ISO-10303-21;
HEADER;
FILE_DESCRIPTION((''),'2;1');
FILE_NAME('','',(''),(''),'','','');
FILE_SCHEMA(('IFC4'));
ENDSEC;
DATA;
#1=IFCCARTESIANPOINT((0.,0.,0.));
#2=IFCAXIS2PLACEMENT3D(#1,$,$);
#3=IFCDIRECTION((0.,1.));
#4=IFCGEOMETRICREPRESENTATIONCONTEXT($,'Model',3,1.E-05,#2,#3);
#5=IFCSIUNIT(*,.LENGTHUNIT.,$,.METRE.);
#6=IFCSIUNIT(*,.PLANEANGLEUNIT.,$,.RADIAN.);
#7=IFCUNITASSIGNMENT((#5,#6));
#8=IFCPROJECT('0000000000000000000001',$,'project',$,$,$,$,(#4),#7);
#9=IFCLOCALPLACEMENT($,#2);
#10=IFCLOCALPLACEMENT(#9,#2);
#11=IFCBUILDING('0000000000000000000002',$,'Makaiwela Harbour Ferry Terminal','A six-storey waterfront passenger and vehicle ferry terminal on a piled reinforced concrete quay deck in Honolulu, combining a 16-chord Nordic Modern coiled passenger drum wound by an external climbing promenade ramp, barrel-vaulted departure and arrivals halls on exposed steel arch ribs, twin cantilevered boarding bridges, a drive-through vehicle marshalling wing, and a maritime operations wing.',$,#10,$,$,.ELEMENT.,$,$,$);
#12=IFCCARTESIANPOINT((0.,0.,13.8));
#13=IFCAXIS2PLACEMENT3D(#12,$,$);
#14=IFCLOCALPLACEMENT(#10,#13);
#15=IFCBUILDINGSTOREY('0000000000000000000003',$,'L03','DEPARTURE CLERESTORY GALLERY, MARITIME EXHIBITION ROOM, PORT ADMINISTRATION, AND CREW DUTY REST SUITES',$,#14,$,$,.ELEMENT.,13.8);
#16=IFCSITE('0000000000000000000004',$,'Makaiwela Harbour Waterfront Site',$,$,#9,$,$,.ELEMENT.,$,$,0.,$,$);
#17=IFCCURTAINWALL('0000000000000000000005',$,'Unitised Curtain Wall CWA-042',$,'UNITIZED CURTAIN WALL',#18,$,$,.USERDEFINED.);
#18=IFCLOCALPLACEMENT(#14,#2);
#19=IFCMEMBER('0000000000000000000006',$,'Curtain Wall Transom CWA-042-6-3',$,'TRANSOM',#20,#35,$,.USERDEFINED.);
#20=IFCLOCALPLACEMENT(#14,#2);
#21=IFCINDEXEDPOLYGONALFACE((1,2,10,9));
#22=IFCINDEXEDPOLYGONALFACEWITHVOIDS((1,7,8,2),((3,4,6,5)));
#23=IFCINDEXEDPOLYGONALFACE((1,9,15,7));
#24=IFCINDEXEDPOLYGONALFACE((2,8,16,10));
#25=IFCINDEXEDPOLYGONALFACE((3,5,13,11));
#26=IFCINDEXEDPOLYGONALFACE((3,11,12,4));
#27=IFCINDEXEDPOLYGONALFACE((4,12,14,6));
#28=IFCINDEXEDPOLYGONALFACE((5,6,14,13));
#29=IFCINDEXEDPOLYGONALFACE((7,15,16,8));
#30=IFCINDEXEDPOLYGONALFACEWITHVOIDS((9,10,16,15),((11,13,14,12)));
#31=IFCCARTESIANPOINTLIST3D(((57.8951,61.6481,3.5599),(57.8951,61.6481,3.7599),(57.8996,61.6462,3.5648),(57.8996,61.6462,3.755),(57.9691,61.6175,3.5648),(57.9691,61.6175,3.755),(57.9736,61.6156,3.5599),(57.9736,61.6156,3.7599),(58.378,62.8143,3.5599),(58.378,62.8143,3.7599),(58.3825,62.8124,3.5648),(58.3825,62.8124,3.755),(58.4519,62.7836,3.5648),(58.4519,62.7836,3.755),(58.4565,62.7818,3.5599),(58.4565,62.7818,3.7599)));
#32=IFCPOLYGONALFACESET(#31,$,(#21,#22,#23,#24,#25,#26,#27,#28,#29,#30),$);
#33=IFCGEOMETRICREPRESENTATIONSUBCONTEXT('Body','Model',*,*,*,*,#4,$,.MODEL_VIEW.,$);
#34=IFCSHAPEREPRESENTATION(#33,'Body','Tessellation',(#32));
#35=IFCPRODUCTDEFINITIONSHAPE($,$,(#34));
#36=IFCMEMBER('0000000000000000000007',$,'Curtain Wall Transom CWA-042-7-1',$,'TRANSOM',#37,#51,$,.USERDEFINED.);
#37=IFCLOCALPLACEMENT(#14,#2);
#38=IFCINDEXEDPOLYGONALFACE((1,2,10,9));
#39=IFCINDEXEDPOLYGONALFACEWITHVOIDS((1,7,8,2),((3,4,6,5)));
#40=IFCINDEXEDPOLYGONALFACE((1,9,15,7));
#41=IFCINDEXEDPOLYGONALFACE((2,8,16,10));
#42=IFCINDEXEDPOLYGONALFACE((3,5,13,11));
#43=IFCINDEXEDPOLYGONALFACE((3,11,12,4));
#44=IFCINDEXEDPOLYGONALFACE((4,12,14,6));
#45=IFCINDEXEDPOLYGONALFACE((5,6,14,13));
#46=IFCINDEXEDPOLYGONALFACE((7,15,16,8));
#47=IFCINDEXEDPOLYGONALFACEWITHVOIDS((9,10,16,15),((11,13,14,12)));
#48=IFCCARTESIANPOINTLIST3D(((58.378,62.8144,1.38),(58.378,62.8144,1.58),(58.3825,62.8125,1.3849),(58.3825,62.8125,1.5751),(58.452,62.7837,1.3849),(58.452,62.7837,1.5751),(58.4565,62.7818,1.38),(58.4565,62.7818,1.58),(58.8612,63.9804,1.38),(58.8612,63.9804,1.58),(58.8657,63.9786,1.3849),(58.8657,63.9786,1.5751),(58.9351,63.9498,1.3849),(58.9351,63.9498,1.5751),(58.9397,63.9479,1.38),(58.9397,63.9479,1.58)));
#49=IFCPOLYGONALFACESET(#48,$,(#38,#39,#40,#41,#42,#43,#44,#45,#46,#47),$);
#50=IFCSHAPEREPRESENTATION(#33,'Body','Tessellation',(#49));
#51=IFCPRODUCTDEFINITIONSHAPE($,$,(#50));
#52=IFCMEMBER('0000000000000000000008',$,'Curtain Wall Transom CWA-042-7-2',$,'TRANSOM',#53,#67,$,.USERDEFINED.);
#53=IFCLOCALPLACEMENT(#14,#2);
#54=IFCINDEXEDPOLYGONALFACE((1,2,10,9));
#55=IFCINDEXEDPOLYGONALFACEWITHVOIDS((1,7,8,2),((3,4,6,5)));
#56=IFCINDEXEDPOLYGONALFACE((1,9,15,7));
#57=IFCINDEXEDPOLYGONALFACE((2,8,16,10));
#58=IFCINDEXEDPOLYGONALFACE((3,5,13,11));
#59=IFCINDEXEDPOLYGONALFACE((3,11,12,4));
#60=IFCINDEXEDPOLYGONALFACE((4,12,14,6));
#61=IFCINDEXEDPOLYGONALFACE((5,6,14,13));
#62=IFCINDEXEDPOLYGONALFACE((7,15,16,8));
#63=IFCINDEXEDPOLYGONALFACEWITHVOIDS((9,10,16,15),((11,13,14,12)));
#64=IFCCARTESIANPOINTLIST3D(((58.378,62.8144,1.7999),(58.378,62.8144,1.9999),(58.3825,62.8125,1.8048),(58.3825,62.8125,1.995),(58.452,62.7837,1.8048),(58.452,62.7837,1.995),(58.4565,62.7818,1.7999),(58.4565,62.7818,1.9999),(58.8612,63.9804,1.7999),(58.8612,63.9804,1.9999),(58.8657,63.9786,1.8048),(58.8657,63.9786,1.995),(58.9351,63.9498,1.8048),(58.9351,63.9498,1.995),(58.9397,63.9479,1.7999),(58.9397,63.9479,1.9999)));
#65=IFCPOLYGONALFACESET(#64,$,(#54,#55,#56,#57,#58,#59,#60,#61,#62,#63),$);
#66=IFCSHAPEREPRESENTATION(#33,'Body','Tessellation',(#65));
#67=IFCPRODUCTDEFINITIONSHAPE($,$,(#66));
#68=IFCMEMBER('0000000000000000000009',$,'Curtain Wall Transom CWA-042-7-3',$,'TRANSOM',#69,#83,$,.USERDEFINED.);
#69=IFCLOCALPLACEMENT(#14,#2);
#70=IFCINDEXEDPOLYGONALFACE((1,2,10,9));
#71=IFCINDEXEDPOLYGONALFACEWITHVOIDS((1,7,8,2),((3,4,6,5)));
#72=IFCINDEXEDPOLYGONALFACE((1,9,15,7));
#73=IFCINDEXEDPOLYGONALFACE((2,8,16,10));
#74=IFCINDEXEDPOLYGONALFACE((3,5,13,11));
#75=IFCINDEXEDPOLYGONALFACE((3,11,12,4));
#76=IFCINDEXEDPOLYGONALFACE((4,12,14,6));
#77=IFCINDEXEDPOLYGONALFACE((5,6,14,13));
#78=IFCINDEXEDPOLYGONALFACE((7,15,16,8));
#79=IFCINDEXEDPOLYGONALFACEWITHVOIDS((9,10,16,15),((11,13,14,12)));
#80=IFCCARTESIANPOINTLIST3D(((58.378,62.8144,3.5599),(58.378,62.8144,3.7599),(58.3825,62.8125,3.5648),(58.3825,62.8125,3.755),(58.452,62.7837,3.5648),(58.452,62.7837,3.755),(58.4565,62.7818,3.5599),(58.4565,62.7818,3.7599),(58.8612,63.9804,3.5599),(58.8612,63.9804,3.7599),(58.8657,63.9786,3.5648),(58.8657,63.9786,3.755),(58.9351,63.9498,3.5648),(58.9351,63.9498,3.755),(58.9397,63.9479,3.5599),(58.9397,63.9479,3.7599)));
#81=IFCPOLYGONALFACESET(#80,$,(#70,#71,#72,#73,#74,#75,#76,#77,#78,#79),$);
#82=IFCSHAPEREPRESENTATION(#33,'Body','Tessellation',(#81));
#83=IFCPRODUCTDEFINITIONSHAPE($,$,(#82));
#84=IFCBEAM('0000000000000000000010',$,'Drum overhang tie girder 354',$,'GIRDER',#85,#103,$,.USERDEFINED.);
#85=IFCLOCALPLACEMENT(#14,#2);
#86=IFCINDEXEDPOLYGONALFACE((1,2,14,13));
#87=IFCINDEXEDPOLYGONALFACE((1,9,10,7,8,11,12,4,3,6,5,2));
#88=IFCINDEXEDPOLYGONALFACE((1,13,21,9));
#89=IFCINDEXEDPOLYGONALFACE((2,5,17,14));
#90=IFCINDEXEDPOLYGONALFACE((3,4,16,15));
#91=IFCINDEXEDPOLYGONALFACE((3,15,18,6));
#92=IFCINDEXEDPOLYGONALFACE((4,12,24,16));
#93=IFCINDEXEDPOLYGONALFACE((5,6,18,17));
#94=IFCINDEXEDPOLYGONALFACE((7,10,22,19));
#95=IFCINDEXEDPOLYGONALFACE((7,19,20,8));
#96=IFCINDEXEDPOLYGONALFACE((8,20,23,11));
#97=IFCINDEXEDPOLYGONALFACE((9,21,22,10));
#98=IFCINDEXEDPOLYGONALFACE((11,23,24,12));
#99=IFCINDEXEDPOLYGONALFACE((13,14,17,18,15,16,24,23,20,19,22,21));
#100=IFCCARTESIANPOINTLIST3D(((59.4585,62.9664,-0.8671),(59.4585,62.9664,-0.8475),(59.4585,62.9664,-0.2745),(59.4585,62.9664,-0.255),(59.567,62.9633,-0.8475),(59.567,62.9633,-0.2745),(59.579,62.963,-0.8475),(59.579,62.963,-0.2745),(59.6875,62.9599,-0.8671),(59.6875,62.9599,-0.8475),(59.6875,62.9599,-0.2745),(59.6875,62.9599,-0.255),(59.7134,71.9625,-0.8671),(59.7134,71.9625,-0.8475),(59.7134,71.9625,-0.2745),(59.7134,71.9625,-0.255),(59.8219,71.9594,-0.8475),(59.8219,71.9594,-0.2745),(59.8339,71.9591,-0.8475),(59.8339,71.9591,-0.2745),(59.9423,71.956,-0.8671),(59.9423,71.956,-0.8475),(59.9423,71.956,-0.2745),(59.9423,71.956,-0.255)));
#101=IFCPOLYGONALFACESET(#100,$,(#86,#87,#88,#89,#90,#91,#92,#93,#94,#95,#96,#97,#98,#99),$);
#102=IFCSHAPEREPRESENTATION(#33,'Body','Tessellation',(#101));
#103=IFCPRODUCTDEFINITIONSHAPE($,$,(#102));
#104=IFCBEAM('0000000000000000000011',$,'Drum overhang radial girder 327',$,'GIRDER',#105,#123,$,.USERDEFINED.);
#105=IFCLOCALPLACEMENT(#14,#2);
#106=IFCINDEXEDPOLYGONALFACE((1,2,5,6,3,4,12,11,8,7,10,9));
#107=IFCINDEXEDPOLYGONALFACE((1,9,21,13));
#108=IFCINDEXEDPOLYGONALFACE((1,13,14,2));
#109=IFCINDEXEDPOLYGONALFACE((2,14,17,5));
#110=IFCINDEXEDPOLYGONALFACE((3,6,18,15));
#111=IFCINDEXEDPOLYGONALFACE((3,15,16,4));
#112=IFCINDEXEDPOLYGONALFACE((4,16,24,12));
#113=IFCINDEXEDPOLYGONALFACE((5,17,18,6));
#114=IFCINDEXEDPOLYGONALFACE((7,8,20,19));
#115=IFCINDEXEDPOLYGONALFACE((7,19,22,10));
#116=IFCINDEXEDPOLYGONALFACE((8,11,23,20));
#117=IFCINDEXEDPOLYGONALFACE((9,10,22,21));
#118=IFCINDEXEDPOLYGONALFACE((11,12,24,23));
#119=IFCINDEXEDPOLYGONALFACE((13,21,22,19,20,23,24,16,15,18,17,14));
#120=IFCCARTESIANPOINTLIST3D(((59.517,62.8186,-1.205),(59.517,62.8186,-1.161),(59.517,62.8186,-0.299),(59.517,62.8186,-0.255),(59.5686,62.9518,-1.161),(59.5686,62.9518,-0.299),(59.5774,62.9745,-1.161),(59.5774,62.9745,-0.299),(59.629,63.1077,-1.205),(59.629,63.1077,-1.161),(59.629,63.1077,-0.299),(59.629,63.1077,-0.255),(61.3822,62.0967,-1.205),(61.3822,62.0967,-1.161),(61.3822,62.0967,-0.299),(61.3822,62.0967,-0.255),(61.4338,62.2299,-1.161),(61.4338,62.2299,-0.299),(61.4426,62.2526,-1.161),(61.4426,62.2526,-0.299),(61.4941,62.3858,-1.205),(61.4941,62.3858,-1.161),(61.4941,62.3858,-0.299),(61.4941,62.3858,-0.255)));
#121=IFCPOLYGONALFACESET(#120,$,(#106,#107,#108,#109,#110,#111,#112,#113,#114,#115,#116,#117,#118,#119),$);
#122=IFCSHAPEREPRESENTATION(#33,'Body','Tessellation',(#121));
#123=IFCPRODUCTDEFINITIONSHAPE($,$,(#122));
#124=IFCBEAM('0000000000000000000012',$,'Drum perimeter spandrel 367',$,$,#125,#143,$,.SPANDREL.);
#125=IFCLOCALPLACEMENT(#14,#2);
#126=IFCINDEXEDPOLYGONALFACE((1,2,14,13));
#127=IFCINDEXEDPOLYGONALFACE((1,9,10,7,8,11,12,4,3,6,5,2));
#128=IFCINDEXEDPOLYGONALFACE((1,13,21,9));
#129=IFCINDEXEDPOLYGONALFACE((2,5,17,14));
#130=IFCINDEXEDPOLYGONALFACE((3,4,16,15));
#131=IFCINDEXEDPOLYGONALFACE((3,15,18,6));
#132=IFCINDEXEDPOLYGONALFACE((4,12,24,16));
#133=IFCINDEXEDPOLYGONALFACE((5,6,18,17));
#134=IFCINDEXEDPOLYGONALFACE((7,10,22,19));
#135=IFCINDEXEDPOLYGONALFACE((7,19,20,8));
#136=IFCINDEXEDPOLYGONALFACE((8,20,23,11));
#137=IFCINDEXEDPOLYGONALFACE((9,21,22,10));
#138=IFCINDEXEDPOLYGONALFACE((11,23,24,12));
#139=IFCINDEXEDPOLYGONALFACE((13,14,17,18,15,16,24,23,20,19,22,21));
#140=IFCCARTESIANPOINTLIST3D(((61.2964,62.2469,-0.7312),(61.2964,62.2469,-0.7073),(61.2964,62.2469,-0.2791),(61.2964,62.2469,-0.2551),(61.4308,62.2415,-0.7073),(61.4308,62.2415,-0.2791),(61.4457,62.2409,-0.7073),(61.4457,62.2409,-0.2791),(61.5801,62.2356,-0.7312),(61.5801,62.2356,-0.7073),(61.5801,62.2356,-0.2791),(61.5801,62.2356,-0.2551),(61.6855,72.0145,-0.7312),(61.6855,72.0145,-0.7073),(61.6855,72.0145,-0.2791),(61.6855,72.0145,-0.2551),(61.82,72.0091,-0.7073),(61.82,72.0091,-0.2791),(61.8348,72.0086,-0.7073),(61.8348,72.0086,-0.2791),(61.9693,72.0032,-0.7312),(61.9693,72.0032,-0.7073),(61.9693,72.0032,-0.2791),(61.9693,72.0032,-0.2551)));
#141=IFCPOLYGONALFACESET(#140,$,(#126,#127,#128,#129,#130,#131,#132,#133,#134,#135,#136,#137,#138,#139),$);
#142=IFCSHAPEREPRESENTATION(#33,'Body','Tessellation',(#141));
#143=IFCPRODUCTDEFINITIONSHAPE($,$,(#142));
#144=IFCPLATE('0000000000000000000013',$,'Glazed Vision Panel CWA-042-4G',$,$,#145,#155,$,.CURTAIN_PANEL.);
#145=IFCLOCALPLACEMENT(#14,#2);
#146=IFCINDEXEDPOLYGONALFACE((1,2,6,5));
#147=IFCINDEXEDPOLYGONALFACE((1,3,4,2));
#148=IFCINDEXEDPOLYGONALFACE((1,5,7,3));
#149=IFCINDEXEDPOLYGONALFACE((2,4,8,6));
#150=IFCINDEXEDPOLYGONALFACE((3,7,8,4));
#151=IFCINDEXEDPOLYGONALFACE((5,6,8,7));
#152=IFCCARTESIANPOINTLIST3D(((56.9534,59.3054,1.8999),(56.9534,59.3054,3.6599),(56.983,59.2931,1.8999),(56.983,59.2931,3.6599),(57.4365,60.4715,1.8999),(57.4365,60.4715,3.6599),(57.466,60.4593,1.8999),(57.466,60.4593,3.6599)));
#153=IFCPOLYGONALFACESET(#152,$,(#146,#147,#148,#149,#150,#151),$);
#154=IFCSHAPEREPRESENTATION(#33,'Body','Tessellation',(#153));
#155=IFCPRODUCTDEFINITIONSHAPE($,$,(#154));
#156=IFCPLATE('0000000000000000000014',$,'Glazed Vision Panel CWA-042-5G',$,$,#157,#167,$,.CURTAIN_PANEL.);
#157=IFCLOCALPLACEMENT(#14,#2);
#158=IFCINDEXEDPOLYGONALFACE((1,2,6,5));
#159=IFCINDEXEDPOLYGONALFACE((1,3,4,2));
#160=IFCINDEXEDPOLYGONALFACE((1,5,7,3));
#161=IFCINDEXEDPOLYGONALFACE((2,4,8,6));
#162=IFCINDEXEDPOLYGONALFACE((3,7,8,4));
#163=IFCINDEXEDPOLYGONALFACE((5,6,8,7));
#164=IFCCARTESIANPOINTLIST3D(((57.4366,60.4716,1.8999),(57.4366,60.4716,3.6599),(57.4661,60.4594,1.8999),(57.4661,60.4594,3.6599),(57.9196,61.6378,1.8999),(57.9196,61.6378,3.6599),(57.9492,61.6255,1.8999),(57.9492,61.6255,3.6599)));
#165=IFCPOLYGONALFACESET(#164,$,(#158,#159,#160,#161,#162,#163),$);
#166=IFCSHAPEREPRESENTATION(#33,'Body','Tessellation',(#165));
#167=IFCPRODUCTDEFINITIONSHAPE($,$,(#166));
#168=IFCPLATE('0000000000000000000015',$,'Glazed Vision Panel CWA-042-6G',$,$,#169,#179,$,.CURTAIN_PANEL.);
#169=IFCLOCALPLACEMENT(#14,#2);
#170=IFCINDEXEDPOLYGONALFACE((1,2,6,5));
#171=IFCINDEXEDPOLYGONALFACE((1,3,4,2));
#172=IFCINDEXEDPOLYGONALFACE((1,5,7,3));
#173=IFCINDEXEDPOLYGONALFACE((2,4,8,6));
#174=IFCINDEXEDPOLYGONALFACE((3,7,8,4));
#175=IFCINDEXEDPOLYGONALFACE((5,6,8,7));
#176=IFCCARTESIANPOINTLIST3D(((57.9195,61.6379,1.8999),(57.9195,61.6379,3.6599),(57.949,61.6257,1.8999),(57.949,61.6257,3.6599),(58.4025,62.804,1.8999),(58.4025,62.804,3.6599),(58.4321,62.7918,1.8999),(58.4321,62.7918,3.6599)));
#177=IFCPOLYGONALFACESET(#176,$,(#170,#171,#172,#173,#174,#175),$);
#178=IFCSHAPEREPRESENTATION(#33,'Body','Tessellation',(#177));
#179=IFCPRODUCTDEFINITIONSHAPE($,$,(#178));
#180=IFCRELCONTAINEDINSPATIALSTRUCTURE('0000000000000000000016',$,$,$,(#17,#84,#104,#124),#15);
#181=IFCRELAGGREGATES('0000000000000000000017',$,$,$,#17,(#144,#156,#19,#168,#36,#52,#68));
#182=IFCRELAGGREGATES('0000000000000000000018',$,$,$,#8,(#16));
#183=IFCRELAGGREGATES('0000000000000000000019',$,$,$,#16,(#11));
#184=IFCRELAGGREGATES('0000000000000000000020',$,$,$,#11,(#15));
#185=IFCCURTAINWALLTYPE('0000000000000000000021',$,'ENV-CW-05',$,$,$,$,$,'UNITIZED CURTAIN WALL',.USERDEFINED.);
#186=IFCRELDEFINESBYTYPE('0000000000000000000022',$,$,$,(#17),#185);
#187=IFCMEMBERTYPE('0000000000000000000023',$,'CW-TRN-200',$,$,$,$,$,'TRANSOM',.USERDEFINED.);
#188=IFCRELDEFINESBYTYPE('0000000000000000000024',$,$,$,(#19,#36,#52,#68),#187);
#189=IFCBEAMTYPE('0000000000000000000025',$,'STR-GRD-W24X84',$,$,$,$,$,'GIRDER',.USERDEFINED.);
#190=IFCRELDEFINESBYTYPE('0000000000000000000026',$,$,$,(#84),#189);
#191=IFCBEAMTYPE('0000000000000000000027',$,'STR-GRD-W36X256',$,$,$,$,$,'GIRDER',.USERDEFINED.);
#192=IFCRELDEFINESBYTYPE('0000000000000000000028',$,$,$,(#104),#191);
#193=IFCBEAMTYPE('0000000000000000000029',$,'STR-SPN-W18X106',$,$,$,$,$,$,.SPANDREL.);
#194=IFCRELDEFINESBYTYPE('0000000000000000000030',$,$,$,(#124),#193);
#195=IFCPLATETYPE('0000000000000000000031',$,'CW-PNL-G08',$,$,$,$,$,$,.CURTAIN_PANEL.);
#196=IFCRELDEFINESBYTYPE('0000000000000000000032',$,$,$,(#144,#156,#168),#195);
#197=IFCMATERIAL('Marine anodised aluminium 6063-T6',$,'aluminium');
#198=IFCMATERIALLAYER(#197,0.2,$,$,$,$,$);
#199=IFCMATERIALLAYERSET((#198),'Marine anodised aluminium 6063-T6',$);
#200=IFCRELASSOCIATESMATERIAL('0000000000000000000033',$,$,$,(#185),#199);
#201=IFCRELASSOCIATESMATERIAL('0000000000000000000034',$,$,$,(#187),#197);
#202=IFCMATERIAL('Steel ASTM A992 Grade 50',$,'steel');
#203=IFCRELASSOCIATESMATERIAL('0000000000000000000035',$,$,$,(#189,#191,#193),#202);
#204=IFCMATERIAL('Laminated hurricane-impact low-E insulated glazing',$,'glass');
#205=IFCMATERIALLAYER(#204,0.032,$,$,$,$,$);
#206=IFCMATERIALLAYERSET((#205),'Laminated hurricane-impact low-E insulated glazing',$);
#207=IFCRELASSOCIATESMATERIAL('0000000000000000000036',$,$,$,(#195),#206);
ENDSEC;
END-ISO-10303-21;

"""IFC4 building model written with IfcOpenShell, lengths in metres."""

from ifc_helpers import new_model, si_unit, direction, frame, origin, origin_2d, place, context, subcontext, project, spatial, rectangle, hollow_rectangle, i_section, extrude, material, layer, layer_set, material_profile, profile_set, type_object, element, aggregate, save


model = new_model("IFC4")

# Units and contexts
model_context = context("Model", 3, precision=1e-05, world=origin(), true_north=direction((0.0, 1.0)))
body_context = subcontext(model_context, "Body", "Model", "MODEL_VIEW")
ifc_project = project(units=[si_unit("LENGTHUNIT", "METRE"), si_unit("PLANEANGLEUNIT", "RADIAN")], contexts=[model_context])

# Site, building, storey
site_placement = place(None, origin())
site = spatial("IfcSite", under=ifc_project, at=site_placement, Name="Makaiwela Harbour Waterfront Site", CompositionType="ELEMENT", RefElevation=0.0)
building_placement = place(site_placement, origin())
building = spatial("IfcBuilding", under=site, at=building_placement, Name="Makaiwela Harbour Ferry Terminal", Description="A six-storey waterfront passenger and vehicle ferry terminal on a piled reinforced concrete quay deck in Honolulu, combining a 16-chord Nordic Modern coiled passenger drum wound by an external climbing promenade ramp, barrel-vaulted departure and arrivals halls on exposed steel arch ribs, twin cantilevered boarding bridges, a drive-through vehicle marshalling wing, and a maritime operations wing.", CompositionType="ELEMENT")
storey_placement = place(building_placement, frame((0.0, 0.0, 13.8)))
storey = spatial("IfcBuildingStorey", under=building, at=storey_placement, Name="L03", Description="DEPARTURE CLERESTORY GALLERY, MARITIME EXHIBITION ROOM, PORT ADMINISTRATION, AND CREW DUTY REST SUITES", CompositionType="ELEMENT", Elevation=13.8)

# Curtain wall, members
ifc_material_1 = material(Name="Marine anodised aluminium 6063-T6", Category="aluminium")
ifc_layer_1 = layer(ifc_material_1, 0.2)
ifc_layer_set_1 = layer_set([ifc_layer_1], Name="Marine anodised aluminium 6063-T6")
curtain_wall_type = type_object("IfcCurtainWallType", Name="ENV-CW-05", ElementType="UNITIZED CURTAIN WALL", PredefinedType="USERDEFINED", material=ifc_layer_set_1)
curtain_wall_placement = place(storey_placement, origin())
curtain_wall = element("IfcCurtainWall", 1, at=curtain_wall_placement, inside=storey, type_object=curtain_wall_type, Name="Unitised Curtain Wall CWA-042", ObjectType="UNITIZED CURTAIN WALL", PredefinedType="USERDEFINED")
ifc_material_profile_1 = material_profile(ifc_material_1, hollow_rectangle(XDim=0.085, YDim=0.2, WallThickness=0.0049, at=origin_2d()), Name="CWT-200X85")
ifc_profile_set_1 = profile_set([ifc_material_profile_1], Name="Marine anodised aluminium 6063-T6")
member_type_1 = type_object("IfcMemberType", Name="CW-TRN-200", ElementType="TRANSOM", PredefinedType="USERDEFINED", material=ifc_profile_set_1)
member_1_placement = place(storey_placement, frame((57.9343, 61.6318, 3.6599), z_axis=(0.382568, 0.923927, 0.0), x_axis=(-0.923927, 0.382568, 0.0)))
member_1 = element("IfcMember", 2, at=member_1_placement, type_object=member_type_1, Name="Curtain Wall Transom CWA-042-6-3", ObjectType="TRANSOM", PredefinedType="USERDEFINED", context=body_context, shape_type="SweptSolid", body=[
    extrude(hollow_rectangle(XDim=0.085, YDim=0.2, WallThickness=0.0049, at=origin_2d()), origin(), (0.0, 0.0, 1.0), 1.2622),
])
member_2_placement = place(storey_placement, frame((58.4172, 62.7981, 1.48), z_axis=(0.382802, 0.923831, 0.0), x_axis=(-0.923831, 0.382802, 0.0)))
member_2 = element("IfcMember", 3, at=member_2_placement, type_object=member_type_1, Name="Curtain Wall Transom CWA-042-7-1", ObjectType="TRANSOM", PredefinedType="USERDEFINED", context=body_context, shape_type="SweptSolid", body=[
    extrude(hollow_rectangle(XDim=0.085, YDim=0.2, WallThickness=0.0049, at=origin_2d()), origin(), (0.0, 0.0, 1.0), 1.2622),
])
member_3_placement = place(storey_placement, frame((58.4172, 62.7981, 1.8999), z_axis=(0.382802, 0.923831, 0.0), x_axis=(-0.923831, 0.382802, 0.0)))
member_3 = element("IfcMember", 4, at=member_3_placement, type_object=member_type_1, Name="Curtain Wall Transom CWA-042-7-2", ObjectType="TRANSOM", PredefinedType="USERDEFINED", context=body_context, shape_type="SweptSolid", body=[
    extrude(hollow_rectangle(XDim=0.085, YDim=0.2, WallThickness=0.0049, at=origin_2d()), origin(), (0.0, 0.0, 1.0), 1.2622),
])
member_4_placement = place(storey_placement, frame((58.4172, 62.7981, 3.6599), z_axis=(0.382802, 0.923831, 0.0), x_axis=(-0.923831, 0.382802, 0.0)))
member_4 = element("IfcMember", 5, at=member_4_placement, type_object=member_type_1, Name="Curtain Wall Transom CWA-042-7-3", ObjectType="TRANSOM", PredefinedType="USERDEFINED", context=body_context, shape_type="SweptSolid", body=[
    extrude(hollow_rectangle(XDim=0.085, YDim=0.2, WallThickness=0.0049, at=origin_2d()), origin(), (0.0, 0.0, 1.0), 1.2622),
])

# Beams
ifc_material_2 = material(Name="Steel ASTM A992 Grade 50", Category="steel")
ifc_material_profile_2 = material_profile(ifc_material_2, i_section(OverallWidth=0.229, OverallDepth=0.6121, WebThickness=0.012, FlangeThickness=0.0195, at=origin_2d()), Name="W24X84")
ifc_profile_set_2 = profile_set([ifc_material_profile_2], Name="Steel ASTM A992 Grade 50")
beam_type_1 = type_object("IfcBeamType", Name="STR-GRD-W24X84", ElementType="GIRDER", PredefinedType="USERDEFINED", material=ifc_profile_set_2)
beam_1_placement = place(storey_placement, frame((59.573, 62.9631, -0.561), z_axis=(0.028321, 0.999599, 0.0), x_axis=(-0.999599, 0.028321, 0.0)))
element("IfcBeam", 6, at=beam_1_placement, inside=storey, type_object=beam_type_1, Name="Drum overhang tie girder 354", ObjectType="GIRDER", PredefinedType="USERDEFINED", context=body_context, shape_type="SweptSolid", body=[
    extrude(i_section(OverallWidth=0.229, OverallDepth=0.6121, WebThickness=0.012, FlangeThickness=0.0195, at=origin_2d()), origin(), (0.0, 0.0, 1.0), 8.9998),
])
ifc_material_profile_3 = material_profile(ifc_material_2, i_section(OverallWidth=0.3101, OverallDepth=0.95, WebThickness=0.0244, FlangeThickness=0.0439, at=origin_2d()), Name="W36X256")
ifc_profile_set_3 = profile_set([ifc_material_profile_3], Name="Steel ASTM A992 Grade 50")
beam_type_2 = type_object("IfcBeamType", Name="STR-GRD-W36X256", ElementType="GIRDER", PredefinedType="USERDEFINED", material=ifc_profile_set_3)
beam_2_placement = place(storey_placement, frame((59.573, 62.9631, -0.73), z_axis=(0.932585, -0.36095, 0.0), x_axis=(0.36095, 0.932585, 0.0)))
element("IfcBeam", 7, at=beam_2_placement, inside=storey, type_object=beam_type_2, Name="Drum overhang radial girder 327", ObjectType="GIRDER", PredefinedType="USERDEFINED", context=body_context, shape_type="SweptSolid", body=[
    extrude(i_section(OverallWidth=0.3101, OverallDepth=0.95, WebThickness=0.0244, FlangeThickness=0.0439, at=origin_2d()), origin(), (0.0, 0.0, 1.0), 2.0),
])
ifc_material_profile_4 = material_profile(ifc_material_2, i_section(OverallWidth=0.2839, OverallDepth=0.4761, WebThickness=0.0149, FlangeThickness=0.0239, at=origin_2d()), Name="W18X106")
ifc_profile_set_4 = profile_set([ifc_material_profile_4], Name="Steel ASTM A992 Grade 50")
beam_type_3 = type_object("IfcBeamType", Name="STR-SPN-W18X106", PredefinedType="SPANDREL", material=ifc_profile_set_4)
beam_3_placement = place(storey_placement, frame((61.4382, 62.2412, -0.4932), z_axis=(0.03981, 0.999207, 0.0), x_axis=(-0.999207, 0.03981, 0.0)))
element("IfcBeam", 8, at=beam_3_placement, inside=storey, type_object=beam_type_3, Name="Drum perimeter spandrel 367", PredefinedType="SPANDREL", context=body_context, shape_type="SweptSolid", body=[
    extrude(i_section(OverallWidth=0.2839, OverallDepth=0.4761, WebThickness=0.0149, FlangeThickness=0.0239, at=origin_2d()), origin(), (0.0, 0.0, 1.0), 9.7754),
])

# Plates
ifc_material_3 = material(Name="Laminated hurricane-impact low-E insulated glazing", Category="glass")
ifc_layer_2 = layer(ifc_material_3, 0.032)
ifc_layer_set_2 = layer_set([ifc_layer_2], Name="Laminated hurricane-impact low-E insulated glazing")
plate_type_1 = type_object("IfcPlateType", Name="CW-PNL-G08", PredefinedType="CURTAIN_PANEL", material=ifc_layer_set_2)
plate_1_placement = place(storey_placement, frame((57.2097, 59.8823, 1.8999), z_axis=(0.0, 0.0, 1.0), x_axis=(0.382683, 0.92388, 0.0)))
plate_1 = element("IfcPlate", 9, at=plate_1_placement, type_object=plate_type_1, Name="Glazed Vision Panel CWA-042-4G", PredefinedType="CURTAIN_PANEL", context=body_context, shape_type="SweptSolid", body=[
    extrude(rectangle(XDim=1.2622, YDim=0.032, at=origin_2d()), origin(), (0.0, 0.0, 1.0), 1.76),
])
plate_2_placement = place(storey_placement, frame((57.6929, 61.0486, 1.8999), z_axis=(0.0, 0.0, 1.0), x_axis=(0.382683, 0.92388, 0.0)))
plate_2 = element("IfcPlate", 10, at=plate_2_placement, type_object=plate_type_1, Name="Glazed Vision Panel CWA-042-5G", PredefinedType="CURTAIN_PANEL", context=body_context, shape_type="SweptSolid", body=[
    extrude(rectangle(XDim=1.2622, YDim=0.032, at=origin_2d()), origin(), (0.0, 0.0, 1.0), 1.76),
])
plate_3_placement = place(storey_placement, frame((58.1758, 62.2148, 1.8999), z_axis=(0.0, 0.0, 1.0), x_axis=(0.382683, 0.92388, 0.0)))
plate_3 = element("IfcPlate", 11, at=plate_3_placement, type_object=plate_type_1, Name="Glazed Vision Panel CWA-042-6G", PredefinedType="CURTAIN_PANEL", context=body_context, shape_type="SweptSolid", body=[
    extrude(rectangle(XDim=1.2622, YDim=0.032, at=origin_2d()), origin(), (0.0, 0.0, 1.0), 1.76),
])
aggregate(curtain_wall, [plate_1, plate_2, member_1, plate_3, member_2, member_3, member_4])

save(model, "model.ifc")
